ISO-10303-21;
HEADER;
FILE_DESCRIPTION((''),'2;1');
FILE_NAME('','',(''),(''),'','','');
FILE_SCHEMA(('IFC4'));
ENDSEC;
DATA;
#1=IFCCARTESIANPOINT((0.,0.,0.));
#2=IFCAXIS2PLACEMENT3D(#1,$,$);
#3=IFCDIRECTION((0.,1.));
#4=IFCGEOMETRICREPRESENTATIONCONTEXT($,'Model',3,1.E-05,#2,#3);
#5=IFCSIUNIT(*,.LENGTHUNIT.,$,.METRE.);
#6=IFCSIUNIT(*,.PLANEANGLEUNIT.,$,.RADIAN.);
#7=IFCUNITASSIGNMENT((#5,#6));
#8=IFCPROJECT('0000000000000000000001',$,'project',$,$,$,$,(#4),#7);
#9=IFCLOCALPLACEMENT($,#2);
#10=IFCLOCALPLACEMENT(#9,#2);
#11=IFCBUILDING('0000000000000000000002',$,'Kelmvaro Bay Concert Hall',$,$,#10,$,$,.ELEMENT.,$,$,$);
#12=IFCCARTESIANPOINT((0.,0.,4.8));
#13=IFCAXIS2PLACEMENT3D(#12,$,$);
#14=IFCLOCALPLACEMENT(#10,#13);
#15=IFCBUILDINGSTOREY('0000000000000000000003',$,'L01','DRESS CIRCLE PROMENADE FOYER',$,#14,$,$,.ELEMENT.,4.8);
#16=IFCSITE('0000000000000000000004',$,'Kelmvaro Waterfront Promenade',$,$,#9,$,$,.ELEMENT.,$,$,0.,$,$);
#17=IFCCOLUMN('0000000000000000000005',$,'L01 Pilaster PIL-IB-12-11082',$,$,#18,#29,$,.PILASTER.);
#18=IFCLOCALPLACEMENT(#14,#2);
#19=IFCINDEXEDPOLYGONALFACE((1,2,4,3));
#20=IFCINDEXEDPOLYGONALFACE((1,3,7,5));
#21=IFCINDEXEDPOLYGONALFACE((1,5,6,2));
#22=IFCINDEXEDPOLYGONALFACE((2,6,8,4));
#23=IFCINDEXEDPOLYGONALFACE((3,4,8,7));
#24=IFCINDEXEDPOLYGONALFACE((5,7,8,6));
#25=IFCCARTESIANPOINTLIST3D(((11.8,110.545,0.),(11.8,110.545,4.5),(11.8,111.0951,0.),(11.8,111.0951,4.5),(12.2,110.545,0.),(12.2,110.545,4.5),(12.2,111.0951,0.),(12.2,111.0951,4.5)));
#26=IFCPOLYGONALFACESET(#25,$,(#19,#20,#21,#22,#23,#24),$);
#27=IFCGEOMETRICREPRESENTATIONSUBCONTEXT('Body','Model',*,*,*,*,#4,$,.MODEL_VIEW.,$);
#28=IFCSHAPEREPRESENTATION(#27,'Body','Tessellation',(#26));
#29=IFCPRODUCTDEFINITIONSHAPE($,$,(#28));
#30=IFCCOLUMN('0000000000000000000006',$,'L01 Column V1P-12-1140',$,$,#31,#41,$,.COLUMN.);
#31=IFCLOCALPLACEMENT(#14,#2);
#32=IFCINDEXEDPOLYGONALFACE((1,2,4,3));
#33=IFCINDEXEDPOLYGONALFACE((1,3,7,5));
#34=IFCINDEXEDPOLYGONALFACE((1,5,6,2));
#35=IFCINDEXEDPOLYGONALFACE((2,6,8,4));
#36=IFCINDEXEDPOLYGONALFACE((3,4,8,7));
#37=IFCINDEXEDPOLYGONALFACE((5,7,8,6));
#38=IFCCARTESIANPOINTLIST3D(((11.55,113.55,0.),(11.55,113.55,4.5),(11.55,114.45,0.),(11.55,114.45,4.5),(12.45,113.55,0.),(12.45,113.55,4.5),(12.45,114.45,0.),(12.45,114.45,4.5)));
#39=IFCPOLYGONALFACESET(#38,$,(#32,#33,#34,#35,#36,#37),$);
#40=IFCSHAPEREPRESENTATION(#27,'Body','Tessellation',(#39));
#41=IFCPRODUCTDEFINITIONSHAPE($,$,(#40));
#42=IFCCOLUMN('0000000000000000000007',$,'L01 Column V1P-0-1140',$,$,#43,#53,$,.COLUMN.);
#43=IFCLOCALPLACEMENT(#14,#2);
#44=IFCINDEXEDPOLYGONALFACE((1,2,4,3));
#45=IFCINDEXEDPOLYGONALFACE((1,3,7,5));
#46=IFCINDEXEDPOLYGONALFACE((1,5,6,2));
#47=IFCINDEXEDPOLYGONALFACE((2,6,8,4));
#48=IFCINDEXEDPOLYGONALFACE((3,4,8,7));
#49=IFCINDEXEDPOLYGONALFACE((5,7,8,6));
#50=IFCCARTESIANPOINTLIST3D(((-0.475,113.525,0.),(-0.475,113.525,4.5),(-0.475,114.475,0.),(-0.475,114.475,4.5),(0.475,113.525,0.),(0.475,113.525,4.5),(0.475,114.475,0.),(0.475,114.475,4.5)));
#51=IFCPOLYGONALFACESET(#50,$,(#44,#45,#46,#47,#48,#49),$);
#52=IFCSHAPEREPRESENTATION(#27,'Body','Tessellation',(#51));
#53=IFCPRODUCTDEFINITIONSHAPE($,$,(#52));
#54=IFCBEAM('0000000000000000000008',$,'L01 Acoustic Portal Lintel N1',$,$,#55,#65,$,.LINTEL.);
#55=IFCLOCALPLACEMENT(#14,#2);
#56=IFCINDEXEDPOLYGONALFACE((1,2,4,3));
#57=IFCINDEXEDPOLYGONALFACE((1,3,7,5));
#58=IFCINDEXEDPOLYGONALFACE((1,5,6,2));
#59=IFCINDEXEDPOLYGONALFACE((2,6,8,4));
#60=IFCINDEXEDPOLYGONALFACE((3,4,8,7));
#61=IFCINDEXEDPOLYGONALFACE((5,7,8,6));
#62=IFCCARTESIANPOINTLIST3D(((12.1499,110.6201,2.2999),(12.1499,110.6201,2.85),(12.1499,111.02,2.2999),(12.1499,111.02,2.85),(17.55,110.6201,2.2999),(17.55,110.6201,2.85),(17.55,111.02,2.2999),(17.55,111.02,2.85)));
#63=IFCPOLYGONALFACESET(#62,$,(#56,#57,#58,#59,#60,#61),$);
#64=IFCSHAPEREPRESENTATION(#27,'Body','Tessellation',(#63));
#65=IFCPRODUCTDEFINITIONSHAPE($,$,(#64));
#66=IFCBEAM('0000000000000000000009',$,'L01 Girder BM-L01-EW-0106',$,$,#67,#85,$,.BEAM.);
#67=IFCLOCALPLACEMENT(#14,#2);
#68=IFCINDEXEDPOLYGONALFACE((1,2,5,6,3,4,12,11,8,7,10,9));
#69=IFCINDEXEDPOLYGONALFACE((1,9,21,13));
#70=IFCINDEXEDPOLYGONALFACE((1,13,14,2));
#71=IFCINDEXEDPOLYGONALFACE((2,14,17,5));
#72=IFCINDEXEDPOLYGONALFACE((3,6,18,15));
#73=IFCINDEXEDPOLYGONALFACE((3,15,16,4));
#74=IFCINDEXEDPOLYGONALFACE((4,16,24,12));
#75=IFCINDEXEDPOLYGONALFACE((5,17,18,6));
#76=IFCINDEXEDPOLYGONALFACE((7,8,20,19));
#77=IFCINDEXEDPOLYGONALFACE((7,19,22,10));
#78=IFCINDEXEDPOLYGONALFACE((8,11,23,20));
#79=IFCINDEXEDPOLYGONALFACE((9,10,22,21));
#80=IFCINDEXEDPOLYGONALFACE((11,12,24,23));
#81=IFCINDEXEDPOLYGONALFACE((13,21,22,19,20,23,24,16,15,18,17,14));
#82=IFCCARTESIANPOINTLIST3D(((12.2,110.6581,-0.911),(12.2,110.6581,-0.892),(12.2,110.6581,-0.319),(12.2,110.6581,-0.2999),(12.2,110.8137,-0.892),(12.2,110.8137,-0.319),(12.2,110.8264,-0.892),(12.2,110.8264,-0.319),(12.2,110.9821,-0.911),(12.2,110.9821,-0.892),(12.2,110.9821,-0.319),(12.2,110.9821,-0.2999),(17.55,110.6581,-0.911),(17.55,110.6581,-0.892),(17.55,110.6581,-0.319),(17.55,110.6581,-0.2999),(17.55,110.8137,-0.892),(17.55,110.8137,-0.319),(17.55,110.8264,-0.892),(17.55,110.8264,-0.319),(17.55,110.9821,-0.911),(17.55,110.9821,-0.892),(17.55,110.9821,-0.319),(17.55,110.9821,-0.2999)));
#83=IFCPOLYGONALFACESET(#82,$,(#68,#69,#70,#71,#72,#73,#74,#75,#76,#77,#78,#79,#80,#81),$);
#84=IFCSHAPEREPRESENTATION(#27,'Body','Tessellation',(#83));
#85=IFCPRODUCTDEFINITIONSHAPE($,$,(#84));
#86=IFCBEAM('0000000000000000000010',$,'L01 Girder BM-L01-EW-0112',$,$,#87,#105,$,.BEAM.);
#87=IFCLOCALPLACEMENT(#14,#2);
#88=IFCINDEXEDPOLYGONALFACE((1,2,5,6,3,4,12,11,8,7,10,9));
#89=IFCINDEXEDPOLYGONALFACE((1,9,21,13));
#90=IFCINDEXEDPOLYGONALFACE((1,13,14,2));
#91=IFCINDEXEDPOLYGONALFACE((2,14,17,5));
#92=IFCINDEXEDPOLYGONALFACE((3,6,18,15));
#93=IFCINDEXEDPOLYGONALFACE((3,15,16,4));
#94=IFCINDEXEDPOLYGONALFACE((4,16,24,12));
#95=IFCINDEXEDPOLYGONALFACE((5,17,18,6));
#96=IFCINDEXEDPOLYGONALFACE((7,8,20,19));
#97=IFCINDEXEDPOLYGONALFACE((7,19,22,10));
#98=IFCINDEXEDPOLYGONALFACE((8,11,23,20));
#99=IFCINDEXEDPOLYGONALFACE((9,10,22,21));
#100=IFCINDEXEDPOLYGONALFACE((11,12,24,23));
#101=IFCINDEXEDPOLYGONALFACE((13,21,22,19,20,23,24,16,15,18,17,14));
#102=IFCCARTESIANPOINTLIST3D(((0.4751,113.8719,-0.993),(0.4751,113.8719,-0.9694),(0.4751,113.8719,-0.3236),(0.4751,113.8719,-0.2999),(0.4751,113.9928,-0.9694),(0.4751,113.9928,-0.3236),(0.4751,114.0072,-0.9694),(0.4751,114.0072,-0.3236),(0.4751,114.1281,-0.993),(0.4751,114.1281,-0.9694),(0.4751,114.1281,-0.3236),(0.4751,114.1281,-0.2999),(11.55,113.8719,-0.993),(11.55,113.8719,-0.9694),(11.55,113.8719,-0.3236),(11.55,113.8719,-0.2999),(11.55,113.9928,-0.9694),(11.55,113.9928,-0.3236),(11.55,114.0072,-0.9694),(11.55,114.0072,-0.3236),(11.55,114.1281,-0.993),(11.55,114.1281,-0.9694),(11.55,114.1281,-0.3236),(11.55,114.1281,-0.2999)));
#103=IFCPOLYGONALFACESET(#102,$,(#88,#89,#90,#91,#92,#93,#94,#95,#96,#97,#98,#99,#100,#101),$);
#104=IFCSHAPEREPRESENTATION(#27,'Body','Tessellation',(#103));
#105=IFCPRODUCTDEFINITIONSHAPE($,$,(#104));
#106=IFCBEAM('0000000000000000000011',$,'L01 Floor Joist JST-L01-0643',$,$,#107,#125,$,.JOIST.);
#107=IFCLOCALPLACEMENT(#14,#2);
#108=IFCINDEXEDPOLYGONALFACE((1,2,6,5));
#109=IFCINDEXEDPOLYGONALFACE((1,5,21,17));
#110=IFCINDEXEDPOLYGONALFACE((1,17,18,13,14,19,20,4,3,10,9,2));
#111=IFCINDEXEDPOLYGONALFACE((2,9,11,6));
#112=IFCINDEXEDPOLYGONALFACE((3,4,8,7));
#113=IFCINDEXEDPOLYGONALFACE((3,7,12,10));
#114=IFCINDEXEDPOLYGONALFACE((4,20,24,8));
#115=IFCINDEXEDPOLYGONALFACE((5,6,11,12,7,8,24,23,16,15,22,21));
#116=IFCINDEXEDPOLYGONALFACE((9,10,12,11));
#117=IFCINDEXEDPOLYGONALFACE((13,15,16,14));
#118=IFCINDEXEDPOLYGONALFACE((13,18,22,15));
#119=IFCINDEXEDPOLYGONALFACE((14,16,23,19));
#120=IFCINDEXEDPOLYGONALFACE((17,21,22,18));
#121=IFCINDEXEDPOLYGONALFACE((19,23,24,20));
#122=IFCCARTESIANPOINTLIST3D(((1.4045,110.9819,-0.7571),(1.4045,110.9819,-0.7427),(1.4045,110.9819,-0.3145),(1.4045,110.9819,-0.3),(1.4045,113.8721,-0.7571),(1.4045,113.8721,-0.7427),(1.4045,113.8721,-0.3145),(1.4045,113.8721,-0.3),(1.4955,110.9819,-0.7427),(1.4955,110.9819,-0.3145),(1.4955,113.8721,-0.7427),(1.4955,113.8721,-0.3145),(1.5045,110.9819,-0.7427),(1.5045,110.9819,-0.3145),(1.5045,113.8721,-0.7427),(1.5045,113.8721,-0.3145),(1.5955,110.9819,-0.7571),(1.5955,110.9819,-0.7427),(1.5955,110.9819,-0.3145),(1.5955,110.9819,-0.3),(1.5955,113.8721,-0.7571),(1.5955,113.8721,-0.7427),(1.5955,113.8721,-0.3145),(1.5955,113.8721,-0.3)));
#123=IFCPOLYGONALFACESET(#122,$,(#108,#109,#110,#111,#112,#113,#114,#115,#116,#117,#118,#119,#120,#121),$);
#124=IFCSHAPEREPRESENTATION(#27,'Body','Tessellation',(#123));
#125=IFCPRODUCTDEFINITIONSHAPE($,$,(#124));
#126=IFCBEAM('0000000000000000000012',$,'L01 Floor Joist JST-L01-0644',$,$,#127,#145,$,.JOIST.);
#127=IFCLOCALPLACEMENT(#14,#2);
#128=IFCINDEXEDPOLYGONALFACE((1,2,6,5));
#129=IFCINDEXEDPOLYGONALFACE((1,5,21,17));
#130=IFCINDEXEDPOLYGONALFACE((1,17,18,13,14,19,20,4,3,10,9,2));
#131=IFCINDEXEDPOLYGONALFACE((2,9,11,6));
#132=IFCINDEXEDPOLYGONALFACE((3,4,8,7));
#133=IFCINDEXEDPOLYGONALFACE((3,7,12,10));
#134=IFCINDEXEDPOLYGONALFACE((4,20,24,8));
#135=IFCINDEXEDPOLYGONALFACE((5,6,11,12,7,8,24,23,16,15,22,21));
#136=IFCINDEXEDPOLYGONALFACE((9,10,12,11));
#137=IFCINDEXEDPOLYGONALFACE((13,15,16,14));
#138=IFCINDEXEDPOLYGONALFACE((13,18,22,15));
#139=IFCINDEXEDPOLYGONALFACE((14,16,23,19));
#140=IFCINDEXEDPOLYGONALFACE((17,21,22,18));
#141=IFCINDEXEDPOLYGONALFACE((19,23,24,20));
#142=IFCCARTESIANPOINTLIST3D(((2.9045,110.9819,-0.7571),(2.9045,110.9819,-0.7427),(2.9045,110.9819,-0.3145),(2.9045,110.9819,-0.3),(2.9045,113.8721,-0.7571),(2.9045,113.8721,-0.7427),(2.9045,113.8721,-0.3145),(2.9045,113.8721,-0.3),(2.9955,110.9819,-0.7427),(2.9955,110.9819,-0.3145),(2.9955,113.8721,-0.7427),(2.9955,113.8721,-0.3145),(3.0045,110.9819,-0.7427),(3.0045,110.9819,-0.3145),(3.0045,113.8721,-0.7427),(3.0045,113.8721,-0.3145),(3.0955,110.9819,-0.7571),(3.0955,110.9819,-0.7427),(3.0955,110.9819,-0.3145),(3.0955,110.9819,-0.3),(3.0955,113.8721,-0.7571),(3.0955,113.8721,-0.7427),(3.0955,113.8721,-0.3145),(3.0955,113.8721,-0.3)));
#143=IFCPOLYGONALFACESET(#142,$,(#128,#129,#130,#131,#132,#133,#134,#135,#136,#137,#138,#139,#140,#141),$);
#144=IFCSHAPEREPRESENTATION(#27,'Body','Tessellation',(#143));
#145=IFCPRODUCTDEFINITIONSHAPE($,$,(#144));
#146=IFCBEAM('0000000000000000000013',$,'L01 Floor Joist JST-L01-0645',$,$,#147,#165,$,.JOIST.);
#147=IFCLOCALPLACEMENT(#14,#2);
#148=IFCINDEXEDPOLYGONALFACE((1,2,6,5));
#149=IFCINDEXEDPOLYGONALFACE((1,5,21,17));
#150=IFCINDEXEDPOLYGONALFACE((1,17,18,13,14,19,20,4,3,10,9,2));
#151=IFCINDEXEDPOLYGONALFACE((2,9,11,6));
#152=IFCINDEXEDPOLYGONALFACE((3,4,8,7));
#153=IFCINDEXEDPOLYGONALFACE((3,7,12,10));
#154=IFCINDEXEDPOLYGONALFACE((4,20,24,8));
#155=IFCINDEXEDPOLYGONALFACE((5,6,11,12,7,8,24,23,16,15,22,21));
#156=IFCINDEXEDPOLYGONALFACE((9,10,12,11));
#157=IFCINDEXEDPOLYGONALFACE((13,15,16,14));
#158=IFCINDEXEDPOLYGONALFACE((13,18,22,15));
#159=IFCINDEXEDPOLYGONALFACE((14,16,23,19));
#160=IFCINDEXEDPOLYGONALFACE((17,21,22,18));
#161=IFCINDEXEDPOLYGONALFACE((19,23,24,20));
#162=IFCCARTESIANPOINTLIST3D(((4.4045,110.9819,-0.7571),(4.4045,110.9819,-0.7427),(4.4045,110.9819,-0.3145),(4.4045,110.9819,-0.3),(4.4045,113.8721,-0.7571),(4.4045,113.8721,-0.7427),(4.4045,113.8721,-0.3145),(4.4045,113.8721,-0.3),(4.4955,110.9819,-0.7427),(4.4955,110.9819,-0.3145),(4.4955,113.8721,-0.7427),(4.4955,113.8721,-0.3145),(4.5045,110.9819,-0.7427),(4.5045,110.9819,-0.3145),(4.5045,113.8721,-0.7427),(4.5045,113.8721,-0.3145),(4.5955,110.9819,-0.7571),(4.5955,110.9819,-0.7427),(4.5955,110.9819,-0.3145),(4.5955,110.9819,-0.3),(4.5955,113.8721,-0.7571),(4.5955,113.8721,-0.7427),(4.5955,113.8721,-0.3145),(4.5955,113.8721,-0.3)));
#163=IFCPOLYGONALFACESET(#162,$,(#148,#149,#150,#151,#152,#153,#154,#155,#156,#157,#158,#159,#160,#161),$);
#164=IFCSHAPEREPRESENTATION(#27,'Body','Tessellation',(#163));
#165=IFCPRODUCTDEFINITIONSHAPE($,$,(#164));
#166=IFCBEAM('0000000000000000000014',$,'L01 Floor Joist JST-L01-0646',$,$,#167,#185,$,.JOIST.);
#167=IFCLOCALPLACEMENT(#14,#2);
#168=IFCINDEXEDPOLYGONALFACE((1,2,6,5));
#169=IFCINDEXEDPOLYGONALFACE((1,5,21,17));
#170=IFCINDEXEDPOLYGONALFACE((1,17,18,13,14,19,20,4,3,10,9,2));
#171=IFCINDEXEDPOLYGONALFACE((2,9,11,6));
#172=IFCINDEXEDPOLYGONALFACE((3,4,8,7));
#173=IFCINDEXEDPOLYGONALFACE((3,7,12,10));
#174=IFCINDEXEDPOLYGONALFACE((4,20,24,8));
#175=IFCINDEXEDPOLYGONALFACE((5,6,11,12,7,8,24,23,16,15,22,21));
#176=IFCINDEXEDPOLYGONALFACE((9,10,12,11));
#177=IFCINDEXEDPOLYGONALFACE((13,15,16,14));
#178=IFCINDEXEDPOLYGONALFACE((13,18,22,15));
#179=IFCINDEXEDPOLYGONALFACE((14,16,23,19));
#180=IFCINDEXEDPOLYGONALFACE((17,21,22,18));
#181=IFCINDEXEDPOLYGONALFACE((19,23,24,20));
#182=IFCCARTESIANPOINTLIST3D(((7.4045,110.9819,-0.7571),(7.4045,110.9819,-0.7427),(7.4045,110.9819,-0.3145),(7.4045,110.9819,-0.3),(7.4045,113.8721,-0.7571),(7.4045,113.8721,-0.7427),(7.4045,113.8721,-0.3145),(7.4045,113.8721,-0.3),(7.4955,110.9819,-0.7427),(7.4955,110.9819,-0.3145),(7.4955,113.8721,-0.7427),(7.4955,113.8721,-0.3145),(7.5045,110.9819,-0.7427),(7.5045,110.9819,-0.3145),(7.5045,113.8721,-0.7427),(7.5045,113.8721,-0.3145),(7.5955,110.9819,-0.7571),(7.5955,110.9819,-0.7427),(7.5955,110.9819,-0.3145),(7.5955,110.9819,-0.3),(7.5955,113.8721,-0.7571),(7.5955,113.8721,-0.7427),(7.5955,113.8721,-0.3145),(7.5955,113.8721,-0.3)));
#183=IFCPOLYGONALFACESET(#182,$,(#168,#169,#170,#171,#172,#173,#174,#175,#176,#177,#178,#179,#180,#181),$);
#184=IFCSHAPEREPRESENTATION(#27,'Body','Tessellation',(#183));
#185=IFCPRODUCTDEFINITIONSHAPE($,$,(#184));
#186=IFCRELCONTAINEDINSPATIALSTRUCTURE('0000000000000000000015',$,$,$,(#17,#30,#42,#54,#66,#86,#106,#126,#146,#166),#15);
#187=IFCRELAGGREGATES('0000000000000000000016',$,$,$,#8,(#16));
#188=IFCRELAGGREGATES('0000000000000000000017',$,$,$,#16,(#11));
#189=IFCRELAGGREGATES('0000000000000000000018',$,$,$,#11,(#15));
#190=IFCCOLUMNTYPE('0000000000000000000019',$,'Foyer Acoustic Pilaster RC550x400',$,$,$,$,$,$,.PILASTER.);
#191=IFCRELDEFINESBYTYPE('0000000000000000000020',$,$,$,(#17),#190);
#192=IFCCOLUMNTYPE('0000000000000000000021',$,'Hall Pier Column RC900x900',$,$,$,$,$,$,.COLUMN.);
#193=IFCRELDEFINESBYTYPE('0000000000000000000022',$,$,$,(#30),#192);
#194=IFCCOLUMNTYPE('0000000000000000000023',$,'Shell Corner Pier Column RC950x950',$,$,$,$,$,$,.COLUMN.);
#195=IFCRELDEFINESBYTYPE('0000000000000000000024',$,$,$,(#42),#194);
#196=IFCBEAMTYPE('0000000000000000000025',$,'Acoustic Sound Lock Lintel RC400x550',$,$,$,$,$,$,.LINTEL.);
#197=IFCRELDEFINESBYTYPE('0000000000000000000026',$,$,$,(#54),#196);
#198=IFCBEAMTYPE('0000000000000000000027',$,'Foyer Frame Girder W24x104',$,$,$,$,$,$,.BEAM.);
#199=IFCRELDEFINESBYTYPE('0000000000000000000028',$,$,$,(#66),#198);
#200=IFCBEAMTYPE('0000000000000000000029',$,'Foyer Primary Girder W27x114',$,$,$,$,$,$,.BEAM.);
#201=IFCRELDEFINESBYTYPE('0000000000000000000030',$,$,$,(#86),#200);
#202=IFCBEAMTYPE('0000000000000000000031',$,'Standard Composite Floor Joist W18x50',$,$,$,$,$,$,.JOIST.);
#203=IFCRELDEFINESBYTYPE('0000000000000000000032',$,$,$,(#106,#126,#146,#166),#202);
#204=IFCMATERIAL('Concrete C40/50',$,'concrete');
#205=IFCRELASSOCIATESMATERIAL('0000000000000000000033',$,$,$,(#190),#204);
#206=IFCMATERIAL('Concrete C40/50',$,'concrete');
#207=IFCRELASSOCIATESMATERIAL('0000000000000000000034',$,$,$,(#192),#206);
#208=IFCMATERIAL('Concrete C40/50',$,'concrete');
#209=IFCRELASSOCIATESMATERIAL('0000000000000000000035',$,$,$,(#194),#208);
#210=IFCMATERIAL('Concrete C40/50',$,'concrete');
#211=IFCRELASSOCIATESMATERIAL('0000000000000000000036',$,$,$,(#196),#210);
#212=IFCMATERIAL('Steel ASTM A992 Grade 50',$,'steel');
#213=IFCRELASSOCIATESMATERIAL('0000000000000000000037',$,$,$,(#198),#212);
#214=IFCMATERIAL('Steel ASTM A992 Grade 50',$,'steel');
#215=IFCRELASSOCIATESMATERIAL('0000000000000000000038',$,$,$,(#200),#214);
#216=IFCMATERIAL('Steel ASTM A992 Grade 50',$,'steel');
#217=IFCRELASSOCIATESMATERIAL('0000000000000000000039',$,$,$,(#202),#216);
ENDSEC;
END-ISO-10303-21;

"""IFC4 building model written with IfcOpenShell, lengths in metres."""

from ifc_helpers import new_model, si_unit, direction, frame, origin, origin_2d, place, context, subcontext, project, spatial, rectangle, i_section, extrude, material, material_profile, profile_set, type_object, element, save


model = new_model("IFC4")

# Units and contexts
model_context = context("Model", 3, precision=1e-05, world=origin(), true_north=direction((0.0, 1.0)))
body_context = subcontext(model_context, "Body", "Model", "MODEL_VIEW")
ifc_project = project(units=[si_unit("LENGTHUNIT", "METRE"), si_unit("PLANEANGLEUNIT", "RADIAN")], contexts=[model_context])

# Site, building, storey
site_placement = place(None, origin())
site = spatial("IfcSite", under=ifc_project, at=site_placement, Name="Kelmvaro Waterfront Promenade", CompositionType="ELEMENT", RefElevation=0.0)
building_placement = place(site_placement, origin())
building = spatial("IfcBuilding", under=site, at=building_placement, Name="Kelmvaro Bay Concert Hall", CompositionType="ELEMENT")
storey_placement = place(building_placement, frame((0.0, 0.0, 4.8)))
storey = spatial("IfcBuildingStorey", under=building, at=storey_placement, Name="L01", Description="DRESS CIRCLE PROMENADE FOYER", CompositionType="ELEMENT", Elevation=4.8)

# Columns
ifc_material_1 = material(Name="Concrete C40/50", Category="concrete")
ifc_material_profile_1 = material_profile(ifc_material_1, rectangle(XDim=0.3999, YDim=0.55, at=origin_2d()), Name="RC-PIL-550X400")
ifc_profile_set_1 = profile_set([ifc_material_profile_1], Name="Concrete C40/50")
column_type_1 = type_object("IfcColumnType", Name="Foyer Acoustic Pilaster RC550x400", PredefinedType="PILASTER", material=ifc_profile_set_1)
column_1_placement = place(storey_placement, frame((12.0, 110.8201, 0.0), z_axis=(0.0, 0.0, 1.0), x_axis=(1.0, 0.0, 0.0)))
element("IfcColumn", 1, at=column_1_placement, inside=storey, type_object=column_type_1, Name="L01 Pilaster PIL-IB-12-11082", PredefinedType="PILASTER", context=body_context, shape_type="SweptSolid", body=[
    extrude(rectangle(XDim=0.3999, YDim=0.55, at=origin_2d()), origin(), (0.0, 0.0, 1.0), 4.5),
])
ifc_material_2 = material(Name="Concrete C40/50", Category="concrete")
ifc_material_profile_2 = material_profile(ifc_material_2, rectangle(XDim=0.8999, YDim=0.8999, at=origin_2d()), Name="RC-COL-900X900")
ifc_profile_set_2 = profile_set([ifc_material_profile_2], Name="Concrete C40/50")
column_type_2 = type_object("IfcColumnType", Name="Hall Pier Column RC900x900", PredefinedType="COLUMN", material=ifc_profile_set_2)
column_2_placement = place(storey_placement, frame((12.0, 114.0, 0.0), z_axis=(0.0, 0.0, 1.0), x_axis=(1.0, 0.0, 0.0)))
element("IfcColumn", 2, at=column_2_placement, inside=storey, type_object=column_type_2, Name="L01 Column V1P-12-1140", PredefinedType="COLUMN", context=body_context, shape_type="SweptSolid", body=[
    extrude(rectangle(XDim=0.8999, YDim=0.8999, at=origin_2d()), origin(), (0.0, 0.0, 1.0), 4.5),
])
ifc_material_3 = material(Name="Concrete C40/50", Category="concrete")
ifc_material_profile_3 = material_profile(ifc_material_3, rectangle(XDim=0.95, YDim=0.95, at=origin_2d()), Name="RC-COL-950X950")
ifc_profile_set_3 = profile_set([ifc_material_profile_3], Name="Concrete C40/50")
column_type_3 = type_object("IfcColumnType", Name="Shell Corner Pier Column RC950x950", PredefinedType="COLUMN", material=ifc_profile_set_3)
column_3_placement = place(storey_placement, frame((0.0, 114.0, 0.0), z_axis=(0.0, 0.0, 1.0), x_axis=(1.0, 0.0, 0.0)))
element("IfcColumn", 3, at=column_3_placement, inside=storey, type_object=column_type_3, Name="L01 Column V1P-0-1140", PredefinedType="COLUMN", context=body_context, shape_type="SweptSolid", body=[
    extrude(rectangle(XDim=0.95, YDim=0.95, at=origin_2d()), origin(), (0.0, 0.0, 1.0), 4.5),
])

# Beams
ifc_material_4 = material(Name="Concrete C40/50", Category="concrete")
ifc_material_profile_4 = material_profile(ifc_material_4, rectangle(XDim=0.3999, YDim=0.55, at=origin_2d()), Name="RC-LNT-400X550")
ifc_profile_set_4 = profile_set([ifc_material_profile_4], Name="Concrete C40/50")
beam_type_1 = type_object("IfcBeamType", Name="Acoustic Sound Lock Lintel RC400x550", PredefinedType="LINTEL", material=ifc_profile_set_4)
beam_1_placement = place(storey_placement, frame((12.1499, 110.8201, 2.575), z_axis=(1.0, 0.0, 0.0), x_axis=(0.0, 1.0, 0.0)))
element("IfcBeam", 4, at=beam_1_placement, inside=storey, type_object=beam_type_1, Name="L01 Acoustic Portal Lintel N1", PredefinedType="LINTEL", context=body_context, shape_type="SweptSolid", body=[
    extrude(rectangle(XDim=0.3999, YDim=0.55, at=origin_2d()), origin(), (0.0, 0.0, 1.0), 5.4001),
])
ifc_material_5 = material(Name="Steel ASTM A992 Grade 50", Category="steel")
ifc_material_profile_5 = material_profile(ifc_material_5, i_section(OverallWidth=0.324, OverallDepth=0.6111, WebThickness=0.0127, FlangeThickness=0.019, at=origin_2d()), Name="W24X104")
ifc_profile_set_5 = profile_set([ifc_material_profile_5], Name="Steel ASTM A992 Grade 50")
beam_type_2 = type_object("IfcBeamType", Name="Foyer Frame Girder W24x104", PredefinedType="BEAM", material=ifc_profile_set_5)
beam_2_placement = place(storey_placement, frame((12.2, 110.8201, -0.6055), z_axis=(1.0, 0.0, 0.0), x_axis=(0.0, 1.0, 0.0)))
element("IfcBeam", 5, at=beam_2_placement, inside=storey, type_object=beam_type_2, Name="L01 Girder BM-L01-EW-0106", PredefinedType="BEAM", context=body_context, shape_type="SweptSolid", body=[
    extrude(i_section(OverallWidth=0.324, OverallDepth=0.6111, WebThickness=0.0127, FlangeThickness=0.019, at=origin_2d()), origin(), (0.0, 0.0, 1.0), 5.3501),
])
ifc_material_6 = material(Name="Steel ASTM A992 Grade 50", Category="steel")
ifc_material_profile_6 = material_profile(ifc_material_6, i_section(OverallWidth=0.2561, OverallDepth=0.6931, WebThickness=0.0144, FlangeThickness=0.0237, at=origin_2d()), Name="W27X114")
ifc_profile_set_6 = profile_set([ifc_material_profile_6], Name="Steel ASTM A992 Grade 50")
beam_type_3 = type_object("IfcBeamType", Name="Foyer Primary Girder W27x114", PredefinedType="BEAM", material=ifc_profile_set_6)
beam_3_placement = place(storey_placement, frame((0.4751, 114.0, -0.6465), z_axis=(1.0, 0.0, 0.0), x_axis=(0.0, 1.0, 0.0)))
element("IfcBeam", 6, at=beam_3_placement, inside=storey, type_object=beam_type_3, Name="L01 Girder BM-L01-EW-0112", PredefinedType="BEAM", context=body_context, shape_type="SweptSolid", body=[
    extrude(i_section(OverallWidth=0.2561, OverallDepth=0.6931, WebThickness=0.0144, FlangeThickness=0.0237, at=origin_2d()), origin(), (0.0, 0.0, 1.0), 11.075),
])
ifc_material_7 = material(Name="Steel ASTM A992 Grade 50", Category="steel")
ifc_material_profile_7 = material_profile(ifc_material_7, i_section(OverallWidth=0.1909, OverallDepth=0.457, WebThickness=0.009, FlangeThickness=0.0144, at=origin_2d()), Name="W18X50")
ifc_profile_set_7 = profile_set([ifc_material_profile_7], Name="Steel ASTM A992 Grade 50")
beam_type_4 = type_object("IfcBeamType", Name="Standard Composite Floor Joist W18x50", PredefinedType="JOIST", material=ifc_profile_set_7)
for number, where, z_axis, x_axis, name in (
    (7, (1.5, 110.9819, -0.5286), (0.0, 1.0, 0.0), (-1.0, 0.0, 0.0), "L01 Floor Joist JST-L01-0643"),
    (8, (3.0, 110.9819, -0.5286), (0.0, 1.0, 0.0), (-1.0, 0.0, 0.0), "L01 Floor Joist JST-L01-0644"),
    (9, (4.5, 110.9819, -0.5286), (0.0, 1.0, 0.0), (-1.0, 0.0, 0.0), "L01 Floor Joist JST-L01-0645"),
    (10, (7.5, 110.9819, -0.5286), (0.0, 1.0, 0.0), (-1.0, 0.0, 0.0), "L01 Floor Joist JST-L01-0646"),
):
    element("IfcBeam", number, at=place(storey_placement, frame(where, z_axis=z_axis, x_axis=x_axis)), inside=storey, type_object=beam_type_4, Name=name, PredefinedType="JOIST", context=body_context, shape_type="SweptSolid", body=[
        extrude(i_section(OverallWidth=0.1909, OverallDepth=0.457, WebThickness=0.009, FlangeThickness=0.0144, at=origin_2d()), origin(), (0.0, 0.0, 1.0), 2.8901),
    ])

save(model, "model.ifc")
